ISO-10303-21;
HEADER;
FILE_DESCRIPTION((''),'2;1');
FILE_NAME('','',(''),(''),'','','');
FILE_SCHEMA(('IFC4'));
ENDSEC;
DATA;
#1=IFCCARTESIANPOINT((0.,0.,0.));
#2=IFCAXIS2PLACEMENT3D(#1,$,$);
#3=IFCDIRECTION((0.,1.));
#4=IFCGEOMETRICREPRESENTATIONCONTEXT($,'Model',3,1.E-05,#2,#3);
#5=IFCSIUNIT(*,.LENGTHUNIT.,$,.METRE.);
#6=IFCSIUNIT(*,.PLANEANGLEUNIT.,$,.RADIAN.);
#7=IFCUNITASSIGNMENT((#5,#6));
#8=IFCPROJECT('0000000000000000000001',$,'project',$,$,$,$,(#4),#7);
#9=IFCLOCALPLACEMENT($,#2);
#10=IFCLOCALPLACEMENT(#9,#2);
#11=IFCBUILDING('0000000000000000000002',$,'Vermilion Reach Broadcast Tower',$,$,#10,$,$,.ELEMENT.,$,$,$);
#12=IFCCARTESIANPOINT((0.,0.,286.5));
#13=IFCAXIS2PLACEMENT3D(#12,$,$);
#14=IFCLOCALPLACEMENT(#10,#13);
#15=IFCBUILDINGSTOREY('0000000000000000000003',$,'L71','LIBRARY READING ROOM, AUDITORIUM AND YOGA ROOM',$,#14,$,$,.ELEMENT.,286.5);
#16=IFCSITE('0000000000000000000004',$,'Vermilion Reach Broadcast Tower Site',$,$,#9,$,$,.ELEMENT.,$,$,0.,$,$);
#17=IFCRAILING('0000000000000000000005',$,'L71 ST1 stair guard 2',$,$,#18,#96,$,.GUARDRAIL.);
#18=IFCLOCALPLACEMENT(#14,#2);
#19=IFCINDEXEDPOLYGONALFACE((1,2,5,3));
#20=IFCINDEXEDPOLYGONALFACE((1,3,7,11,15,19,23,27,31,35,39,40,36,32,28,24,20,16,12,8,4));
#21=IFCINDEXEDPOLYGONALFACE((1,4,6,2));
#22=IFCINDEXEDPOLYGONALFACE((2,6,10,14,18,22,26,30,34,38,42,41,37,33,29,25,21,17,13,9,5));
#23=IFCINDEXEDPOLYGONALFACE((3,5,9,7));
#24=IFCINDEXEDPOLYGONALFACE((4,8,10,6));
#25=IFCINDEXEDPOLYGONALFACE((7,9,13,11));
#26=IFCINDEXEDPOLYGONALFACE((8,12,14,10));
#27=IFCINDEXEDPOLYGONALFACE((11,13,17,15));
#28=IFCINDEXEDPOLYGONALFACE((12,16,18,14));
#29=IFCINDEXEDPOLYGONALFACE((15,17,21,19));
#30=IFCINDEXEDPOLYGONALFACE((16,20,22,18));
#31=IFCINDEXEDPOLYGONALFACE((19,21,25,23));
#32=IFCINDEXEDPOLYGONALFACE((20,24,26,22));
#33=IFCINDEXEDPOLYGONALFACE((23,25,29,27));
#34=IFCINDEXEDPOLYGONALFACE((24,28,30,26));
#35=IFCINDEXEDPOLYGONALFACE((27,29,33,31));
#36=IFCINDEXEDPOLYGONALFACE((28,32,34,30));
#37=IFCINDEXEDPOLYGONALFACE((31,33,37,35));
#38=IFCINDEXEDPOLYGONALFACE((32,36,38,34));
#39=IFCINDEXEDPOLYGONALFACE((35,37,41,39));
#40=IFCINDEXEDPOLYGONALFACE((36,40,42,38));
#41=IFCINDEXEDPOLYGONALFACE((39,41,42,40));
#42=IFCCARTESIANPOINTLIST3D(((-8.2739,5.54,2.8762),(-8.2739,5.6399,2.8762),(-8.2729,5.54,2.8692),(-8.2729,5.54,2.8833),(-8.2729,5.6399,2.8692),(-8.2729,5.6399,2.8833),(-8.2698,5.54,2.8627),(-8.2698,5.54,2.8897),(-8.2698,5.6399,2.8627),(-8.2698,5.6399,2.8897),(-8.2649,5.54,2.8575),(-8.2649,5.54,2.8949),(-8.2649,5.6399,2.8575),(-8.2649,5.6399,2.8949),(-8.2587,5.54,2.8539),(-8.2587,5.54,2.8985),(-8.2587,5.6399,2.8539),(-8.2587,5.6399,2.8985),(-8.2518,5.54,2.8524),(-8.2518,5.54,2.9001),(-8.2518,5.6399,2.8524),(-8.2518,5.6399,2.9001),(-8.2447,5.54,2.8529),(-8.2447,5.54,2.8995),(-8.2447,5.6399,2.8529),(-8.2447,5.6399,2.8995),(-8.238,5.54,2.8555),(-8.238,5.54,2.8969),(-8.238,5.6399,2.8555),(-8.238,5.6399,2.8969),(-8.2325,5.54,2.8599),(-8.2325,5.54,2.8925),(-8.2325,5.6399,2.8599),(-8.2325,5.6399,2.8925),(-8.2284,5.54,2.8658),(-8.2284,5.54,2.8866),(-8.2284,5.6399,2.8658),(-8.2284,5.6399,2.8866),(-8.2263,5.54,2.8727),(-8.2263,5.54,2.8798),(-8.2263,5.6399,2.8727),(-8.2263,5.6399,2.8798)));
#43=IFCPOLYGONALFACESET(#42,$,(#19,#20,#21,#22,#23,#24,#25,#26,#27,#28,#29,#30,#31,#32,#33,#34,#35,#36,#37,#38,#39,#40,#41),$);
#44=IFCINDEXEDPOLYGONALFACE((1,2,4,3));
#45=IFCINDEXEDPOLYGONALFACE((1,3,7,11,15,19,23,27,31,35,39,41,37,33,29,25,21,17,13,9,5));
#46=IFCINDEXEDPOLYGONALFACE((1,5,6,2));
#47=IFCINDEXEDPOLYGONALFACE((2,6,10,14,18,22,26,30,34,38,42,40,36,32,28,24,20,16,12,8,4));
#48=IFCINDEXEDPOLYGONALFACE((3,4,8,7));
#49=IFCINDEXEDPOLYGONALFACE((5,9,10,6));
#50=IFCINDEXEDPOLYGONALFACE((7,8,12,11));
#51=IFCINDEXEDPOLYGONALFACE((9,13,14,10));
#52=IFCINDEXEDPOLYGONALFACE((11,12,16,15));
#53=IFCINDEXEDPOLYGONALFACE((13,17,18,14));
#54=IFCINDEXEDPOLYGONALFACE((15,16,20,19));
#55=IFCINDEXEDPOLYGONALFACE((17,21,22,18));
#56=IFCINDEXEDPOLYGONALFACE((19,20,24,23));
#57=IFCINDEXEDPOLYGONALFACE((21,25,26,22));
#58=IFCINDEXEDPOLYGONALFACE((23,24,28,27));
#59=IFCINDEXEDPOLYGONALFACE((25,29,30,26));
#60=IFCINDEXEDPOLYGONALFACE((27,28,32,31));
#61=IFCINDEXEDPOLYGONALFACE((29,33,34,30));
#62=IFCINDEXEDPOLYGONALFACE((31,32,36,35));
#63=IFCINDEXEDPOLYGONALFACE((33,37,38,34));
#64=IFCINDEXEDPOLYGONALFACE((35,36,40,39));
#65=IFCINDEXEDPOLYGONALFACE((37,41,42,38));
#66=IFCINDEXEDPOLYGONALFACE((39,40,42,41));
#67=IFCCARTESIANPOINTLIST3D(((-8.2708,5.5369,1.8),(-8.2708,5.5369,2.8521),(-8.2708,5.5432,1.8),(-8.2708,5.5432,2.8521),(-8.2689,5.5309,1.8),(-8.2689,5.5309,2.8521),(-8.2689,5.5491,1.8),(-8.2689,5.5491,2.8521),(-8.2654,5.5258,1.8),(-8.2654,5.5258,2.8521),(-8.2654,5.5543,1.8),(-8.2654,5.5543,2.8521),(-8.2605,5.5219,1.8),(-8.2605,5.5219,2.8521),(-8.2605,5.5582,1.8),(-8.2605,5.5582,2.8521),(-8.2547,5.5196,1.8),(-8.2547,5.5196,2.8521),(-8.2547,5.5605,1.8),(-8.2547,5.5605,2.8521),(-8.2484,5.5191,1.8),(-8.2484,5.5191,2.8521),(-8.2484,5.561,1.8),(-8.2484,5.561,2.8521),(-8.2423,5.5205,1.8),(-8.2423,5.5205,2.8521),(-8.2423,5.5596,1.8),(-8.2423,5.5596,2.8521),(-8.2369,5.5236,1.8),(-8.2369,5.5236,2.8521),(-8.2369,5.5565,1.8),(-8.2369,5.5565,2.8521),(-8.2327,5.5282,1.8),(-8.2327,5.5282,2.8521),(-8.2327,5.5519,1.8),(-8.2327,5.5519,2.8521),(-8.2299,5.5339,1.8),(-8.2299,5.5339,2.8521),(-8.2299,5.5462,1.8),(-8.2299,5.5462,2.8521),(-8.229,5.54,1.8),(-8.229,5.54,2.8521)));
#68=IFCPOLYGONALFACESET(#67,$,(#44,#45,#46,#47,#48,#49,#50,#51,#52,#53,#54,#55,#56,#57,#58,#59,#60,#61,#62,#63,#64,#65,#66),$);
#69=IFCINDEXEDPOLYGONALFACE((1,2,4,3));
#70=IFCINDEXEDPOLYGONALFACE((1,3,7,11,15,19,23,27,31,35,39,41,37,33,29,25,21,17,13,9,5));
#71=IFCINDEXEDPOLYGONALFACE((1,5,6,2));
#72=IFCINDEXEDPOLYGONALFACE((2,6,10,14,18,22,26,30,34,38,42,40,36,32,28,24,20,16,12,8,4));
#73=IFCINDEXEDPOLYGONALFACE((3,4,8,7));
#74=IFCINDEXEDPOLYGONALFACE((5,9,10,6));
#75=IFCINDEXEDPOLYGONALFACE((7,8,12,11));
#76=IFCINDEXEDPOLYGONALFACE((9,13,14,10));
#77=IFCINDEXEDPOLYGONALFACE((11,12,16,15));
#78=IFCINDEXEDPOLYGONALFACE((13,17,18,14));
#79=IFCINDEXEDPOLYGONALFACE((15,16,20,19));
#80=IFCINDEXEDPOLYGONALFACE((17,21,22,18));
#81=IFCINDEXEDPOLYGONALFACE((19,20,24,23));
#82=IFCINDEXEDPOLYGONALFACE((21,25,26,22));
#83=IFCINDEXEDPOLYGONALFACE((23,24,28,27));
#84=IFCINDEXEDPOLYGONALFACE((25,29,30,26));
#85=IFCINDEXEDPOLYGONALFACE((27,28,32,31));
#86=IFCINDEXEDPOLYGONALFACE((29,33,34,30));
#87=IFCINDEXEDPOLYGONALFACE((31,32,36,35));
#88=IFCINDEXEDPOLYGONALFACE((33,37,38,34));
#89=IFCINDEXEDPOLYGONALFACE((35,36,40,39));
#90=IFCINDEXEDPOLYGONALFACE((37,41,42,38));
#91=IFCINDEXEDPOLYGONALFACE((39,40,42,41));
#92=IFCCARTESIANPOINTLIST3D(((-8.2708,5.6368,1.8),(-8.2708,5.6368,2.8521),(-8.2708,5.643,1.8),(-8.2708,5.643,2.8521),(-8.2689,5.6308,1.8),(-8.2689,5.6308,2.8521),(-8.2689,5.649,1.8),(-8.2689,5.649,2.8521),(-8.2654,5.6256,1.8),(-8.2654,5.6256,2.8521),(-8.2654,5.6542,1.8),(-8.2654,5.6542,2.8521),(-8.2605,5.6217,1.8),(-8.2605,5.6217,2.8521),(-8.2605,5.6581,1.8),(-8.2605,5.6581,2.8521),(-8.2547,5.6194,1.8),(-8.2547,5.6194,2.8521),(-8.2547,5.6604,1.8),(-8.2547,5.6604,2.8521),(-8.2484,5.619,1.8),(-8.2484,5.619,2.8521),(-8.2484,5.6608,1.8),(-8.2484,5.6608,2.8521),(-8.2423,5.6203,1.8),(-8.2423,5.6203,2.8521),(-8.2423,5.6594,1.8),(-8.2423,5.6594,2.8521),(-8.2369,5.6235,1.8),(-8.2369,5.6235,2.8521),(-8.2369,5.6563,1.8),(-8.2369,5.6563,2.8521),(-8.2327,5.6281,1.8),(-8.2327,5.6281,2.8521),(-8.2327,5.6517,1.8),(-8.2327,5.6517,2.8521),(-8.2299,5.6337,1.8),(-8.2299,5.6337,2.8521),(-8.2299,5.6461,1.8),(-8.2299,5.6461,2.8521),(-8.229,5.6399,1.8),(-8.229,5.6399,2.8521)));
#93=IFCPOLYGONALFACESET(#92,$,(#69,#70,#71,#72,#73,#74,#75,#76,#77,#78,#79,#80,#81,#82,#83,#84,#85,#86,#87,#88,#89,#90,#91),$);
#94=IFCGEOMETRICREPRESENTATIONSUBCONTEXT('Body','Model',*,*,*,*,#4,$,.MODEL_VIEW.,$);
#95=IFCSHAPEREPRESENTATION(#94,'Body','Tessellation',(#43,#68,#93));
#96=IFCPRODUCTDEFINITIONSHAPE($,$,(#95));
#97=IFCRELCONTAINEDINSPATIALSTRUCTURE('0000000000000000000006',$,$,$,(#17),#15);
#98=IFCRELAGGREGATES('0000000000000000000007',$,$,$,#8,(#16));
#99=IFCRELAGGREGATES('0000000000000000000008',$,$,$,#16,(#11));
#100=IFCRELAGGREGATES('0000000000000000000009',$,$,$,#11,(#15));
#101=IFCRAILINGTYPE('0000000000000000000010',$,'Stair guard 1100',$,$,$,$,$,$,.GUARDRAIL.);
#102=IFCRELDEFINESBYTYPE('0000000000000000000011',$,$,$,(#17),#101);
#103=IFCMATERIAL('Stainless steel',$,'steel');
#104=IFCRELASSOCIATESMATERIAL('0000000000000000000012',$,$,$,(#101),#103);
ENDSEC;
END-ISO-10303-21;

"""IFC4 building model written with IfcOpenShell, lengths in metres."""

from ifc_helpers import new_model, si_unit, direction, frame, origin, origin_2d, place, context, subcontext, project, spatial, circle, extrude, material, type_object, element, save


model = new_model("IFC4")

# Units and contexts
model_context = context("Model", 3, precision=1e-05, world=origin(), true_north=direction((0.0, 1.0)))
body_context = subcontext(model_context, "Body", "Model", "MODEL_VIEW")
ifc_project = project(units=[si_unit("LENGTHUNIT", "METRE"), si_unit("PLANEANGLEUNIT", "RADIAN")], contexts=[model_context])

# Site, building, storey
site_placement = place(None, origin())
site = spatial("IfcSite", under=ifc_project, at=site_placement, Name="Vermilion Reach Broadcast Tower Site", CompositionType="ELEMENT", RefElevation=0.0)
building_placement = place(site_placement, origin())
building = spatial("IfcBuilding", under=site, at=building_placement, Name="Vermilion Reach Broadcast Tower", CompositionType="ELEMENT")
storey_placement = place(building_placement, frame((0.0, 0.0, 286.5)))
storey = spatial("IfcBuildingStorey", under=building, at=storey_placement, Name="L71", Description="LIBRARY READING ROOM, AUDITORIUM AND YOGA ROOM", CompositionType="ELEMENT", Elevation=286.5)

# Railing
ifc_material_1 = material(Name="Stainless steel", Category="steel")
railing_type_1 = type_object("IfcRailingType", Name="Stair guard 1100", PredefinedType="GUARDRAIL", material=ifc_material_1)
railing_1_placement = place(storey_placement, frame((-8.25, 5.54, 1.8)))
element("IfcRailing", 1, at=railing_1_placement, inside=storey, type_object=railing_type_1, Name="L71 ST1 stair guard 2", PredefinedType="GUARDRAIL", context=body_context, shape_type="SweptSolid", body=[
    extrude(circle(Radius=0.0239, at=origin_2d()), frame((0.0, 0.0, 1.0762), z_axis=(0.0, 1.0, 0.0), x_axis=(-1.0, 0.0, 0.0)), (0.0, 0.0, 1.0), 0.0999),
    extrude(circle(Radius=0.021, at=origin_2d()), origin(), (0.0, 0.0, 1.0), 1.052),
    extrude(circle(Radius=0.021, at=origin_2d()), frame((0.0, 0.0999, 0.0)), (0.0, 0.0, 1.0), 1.052),
])

save(model, "model.ifc")
